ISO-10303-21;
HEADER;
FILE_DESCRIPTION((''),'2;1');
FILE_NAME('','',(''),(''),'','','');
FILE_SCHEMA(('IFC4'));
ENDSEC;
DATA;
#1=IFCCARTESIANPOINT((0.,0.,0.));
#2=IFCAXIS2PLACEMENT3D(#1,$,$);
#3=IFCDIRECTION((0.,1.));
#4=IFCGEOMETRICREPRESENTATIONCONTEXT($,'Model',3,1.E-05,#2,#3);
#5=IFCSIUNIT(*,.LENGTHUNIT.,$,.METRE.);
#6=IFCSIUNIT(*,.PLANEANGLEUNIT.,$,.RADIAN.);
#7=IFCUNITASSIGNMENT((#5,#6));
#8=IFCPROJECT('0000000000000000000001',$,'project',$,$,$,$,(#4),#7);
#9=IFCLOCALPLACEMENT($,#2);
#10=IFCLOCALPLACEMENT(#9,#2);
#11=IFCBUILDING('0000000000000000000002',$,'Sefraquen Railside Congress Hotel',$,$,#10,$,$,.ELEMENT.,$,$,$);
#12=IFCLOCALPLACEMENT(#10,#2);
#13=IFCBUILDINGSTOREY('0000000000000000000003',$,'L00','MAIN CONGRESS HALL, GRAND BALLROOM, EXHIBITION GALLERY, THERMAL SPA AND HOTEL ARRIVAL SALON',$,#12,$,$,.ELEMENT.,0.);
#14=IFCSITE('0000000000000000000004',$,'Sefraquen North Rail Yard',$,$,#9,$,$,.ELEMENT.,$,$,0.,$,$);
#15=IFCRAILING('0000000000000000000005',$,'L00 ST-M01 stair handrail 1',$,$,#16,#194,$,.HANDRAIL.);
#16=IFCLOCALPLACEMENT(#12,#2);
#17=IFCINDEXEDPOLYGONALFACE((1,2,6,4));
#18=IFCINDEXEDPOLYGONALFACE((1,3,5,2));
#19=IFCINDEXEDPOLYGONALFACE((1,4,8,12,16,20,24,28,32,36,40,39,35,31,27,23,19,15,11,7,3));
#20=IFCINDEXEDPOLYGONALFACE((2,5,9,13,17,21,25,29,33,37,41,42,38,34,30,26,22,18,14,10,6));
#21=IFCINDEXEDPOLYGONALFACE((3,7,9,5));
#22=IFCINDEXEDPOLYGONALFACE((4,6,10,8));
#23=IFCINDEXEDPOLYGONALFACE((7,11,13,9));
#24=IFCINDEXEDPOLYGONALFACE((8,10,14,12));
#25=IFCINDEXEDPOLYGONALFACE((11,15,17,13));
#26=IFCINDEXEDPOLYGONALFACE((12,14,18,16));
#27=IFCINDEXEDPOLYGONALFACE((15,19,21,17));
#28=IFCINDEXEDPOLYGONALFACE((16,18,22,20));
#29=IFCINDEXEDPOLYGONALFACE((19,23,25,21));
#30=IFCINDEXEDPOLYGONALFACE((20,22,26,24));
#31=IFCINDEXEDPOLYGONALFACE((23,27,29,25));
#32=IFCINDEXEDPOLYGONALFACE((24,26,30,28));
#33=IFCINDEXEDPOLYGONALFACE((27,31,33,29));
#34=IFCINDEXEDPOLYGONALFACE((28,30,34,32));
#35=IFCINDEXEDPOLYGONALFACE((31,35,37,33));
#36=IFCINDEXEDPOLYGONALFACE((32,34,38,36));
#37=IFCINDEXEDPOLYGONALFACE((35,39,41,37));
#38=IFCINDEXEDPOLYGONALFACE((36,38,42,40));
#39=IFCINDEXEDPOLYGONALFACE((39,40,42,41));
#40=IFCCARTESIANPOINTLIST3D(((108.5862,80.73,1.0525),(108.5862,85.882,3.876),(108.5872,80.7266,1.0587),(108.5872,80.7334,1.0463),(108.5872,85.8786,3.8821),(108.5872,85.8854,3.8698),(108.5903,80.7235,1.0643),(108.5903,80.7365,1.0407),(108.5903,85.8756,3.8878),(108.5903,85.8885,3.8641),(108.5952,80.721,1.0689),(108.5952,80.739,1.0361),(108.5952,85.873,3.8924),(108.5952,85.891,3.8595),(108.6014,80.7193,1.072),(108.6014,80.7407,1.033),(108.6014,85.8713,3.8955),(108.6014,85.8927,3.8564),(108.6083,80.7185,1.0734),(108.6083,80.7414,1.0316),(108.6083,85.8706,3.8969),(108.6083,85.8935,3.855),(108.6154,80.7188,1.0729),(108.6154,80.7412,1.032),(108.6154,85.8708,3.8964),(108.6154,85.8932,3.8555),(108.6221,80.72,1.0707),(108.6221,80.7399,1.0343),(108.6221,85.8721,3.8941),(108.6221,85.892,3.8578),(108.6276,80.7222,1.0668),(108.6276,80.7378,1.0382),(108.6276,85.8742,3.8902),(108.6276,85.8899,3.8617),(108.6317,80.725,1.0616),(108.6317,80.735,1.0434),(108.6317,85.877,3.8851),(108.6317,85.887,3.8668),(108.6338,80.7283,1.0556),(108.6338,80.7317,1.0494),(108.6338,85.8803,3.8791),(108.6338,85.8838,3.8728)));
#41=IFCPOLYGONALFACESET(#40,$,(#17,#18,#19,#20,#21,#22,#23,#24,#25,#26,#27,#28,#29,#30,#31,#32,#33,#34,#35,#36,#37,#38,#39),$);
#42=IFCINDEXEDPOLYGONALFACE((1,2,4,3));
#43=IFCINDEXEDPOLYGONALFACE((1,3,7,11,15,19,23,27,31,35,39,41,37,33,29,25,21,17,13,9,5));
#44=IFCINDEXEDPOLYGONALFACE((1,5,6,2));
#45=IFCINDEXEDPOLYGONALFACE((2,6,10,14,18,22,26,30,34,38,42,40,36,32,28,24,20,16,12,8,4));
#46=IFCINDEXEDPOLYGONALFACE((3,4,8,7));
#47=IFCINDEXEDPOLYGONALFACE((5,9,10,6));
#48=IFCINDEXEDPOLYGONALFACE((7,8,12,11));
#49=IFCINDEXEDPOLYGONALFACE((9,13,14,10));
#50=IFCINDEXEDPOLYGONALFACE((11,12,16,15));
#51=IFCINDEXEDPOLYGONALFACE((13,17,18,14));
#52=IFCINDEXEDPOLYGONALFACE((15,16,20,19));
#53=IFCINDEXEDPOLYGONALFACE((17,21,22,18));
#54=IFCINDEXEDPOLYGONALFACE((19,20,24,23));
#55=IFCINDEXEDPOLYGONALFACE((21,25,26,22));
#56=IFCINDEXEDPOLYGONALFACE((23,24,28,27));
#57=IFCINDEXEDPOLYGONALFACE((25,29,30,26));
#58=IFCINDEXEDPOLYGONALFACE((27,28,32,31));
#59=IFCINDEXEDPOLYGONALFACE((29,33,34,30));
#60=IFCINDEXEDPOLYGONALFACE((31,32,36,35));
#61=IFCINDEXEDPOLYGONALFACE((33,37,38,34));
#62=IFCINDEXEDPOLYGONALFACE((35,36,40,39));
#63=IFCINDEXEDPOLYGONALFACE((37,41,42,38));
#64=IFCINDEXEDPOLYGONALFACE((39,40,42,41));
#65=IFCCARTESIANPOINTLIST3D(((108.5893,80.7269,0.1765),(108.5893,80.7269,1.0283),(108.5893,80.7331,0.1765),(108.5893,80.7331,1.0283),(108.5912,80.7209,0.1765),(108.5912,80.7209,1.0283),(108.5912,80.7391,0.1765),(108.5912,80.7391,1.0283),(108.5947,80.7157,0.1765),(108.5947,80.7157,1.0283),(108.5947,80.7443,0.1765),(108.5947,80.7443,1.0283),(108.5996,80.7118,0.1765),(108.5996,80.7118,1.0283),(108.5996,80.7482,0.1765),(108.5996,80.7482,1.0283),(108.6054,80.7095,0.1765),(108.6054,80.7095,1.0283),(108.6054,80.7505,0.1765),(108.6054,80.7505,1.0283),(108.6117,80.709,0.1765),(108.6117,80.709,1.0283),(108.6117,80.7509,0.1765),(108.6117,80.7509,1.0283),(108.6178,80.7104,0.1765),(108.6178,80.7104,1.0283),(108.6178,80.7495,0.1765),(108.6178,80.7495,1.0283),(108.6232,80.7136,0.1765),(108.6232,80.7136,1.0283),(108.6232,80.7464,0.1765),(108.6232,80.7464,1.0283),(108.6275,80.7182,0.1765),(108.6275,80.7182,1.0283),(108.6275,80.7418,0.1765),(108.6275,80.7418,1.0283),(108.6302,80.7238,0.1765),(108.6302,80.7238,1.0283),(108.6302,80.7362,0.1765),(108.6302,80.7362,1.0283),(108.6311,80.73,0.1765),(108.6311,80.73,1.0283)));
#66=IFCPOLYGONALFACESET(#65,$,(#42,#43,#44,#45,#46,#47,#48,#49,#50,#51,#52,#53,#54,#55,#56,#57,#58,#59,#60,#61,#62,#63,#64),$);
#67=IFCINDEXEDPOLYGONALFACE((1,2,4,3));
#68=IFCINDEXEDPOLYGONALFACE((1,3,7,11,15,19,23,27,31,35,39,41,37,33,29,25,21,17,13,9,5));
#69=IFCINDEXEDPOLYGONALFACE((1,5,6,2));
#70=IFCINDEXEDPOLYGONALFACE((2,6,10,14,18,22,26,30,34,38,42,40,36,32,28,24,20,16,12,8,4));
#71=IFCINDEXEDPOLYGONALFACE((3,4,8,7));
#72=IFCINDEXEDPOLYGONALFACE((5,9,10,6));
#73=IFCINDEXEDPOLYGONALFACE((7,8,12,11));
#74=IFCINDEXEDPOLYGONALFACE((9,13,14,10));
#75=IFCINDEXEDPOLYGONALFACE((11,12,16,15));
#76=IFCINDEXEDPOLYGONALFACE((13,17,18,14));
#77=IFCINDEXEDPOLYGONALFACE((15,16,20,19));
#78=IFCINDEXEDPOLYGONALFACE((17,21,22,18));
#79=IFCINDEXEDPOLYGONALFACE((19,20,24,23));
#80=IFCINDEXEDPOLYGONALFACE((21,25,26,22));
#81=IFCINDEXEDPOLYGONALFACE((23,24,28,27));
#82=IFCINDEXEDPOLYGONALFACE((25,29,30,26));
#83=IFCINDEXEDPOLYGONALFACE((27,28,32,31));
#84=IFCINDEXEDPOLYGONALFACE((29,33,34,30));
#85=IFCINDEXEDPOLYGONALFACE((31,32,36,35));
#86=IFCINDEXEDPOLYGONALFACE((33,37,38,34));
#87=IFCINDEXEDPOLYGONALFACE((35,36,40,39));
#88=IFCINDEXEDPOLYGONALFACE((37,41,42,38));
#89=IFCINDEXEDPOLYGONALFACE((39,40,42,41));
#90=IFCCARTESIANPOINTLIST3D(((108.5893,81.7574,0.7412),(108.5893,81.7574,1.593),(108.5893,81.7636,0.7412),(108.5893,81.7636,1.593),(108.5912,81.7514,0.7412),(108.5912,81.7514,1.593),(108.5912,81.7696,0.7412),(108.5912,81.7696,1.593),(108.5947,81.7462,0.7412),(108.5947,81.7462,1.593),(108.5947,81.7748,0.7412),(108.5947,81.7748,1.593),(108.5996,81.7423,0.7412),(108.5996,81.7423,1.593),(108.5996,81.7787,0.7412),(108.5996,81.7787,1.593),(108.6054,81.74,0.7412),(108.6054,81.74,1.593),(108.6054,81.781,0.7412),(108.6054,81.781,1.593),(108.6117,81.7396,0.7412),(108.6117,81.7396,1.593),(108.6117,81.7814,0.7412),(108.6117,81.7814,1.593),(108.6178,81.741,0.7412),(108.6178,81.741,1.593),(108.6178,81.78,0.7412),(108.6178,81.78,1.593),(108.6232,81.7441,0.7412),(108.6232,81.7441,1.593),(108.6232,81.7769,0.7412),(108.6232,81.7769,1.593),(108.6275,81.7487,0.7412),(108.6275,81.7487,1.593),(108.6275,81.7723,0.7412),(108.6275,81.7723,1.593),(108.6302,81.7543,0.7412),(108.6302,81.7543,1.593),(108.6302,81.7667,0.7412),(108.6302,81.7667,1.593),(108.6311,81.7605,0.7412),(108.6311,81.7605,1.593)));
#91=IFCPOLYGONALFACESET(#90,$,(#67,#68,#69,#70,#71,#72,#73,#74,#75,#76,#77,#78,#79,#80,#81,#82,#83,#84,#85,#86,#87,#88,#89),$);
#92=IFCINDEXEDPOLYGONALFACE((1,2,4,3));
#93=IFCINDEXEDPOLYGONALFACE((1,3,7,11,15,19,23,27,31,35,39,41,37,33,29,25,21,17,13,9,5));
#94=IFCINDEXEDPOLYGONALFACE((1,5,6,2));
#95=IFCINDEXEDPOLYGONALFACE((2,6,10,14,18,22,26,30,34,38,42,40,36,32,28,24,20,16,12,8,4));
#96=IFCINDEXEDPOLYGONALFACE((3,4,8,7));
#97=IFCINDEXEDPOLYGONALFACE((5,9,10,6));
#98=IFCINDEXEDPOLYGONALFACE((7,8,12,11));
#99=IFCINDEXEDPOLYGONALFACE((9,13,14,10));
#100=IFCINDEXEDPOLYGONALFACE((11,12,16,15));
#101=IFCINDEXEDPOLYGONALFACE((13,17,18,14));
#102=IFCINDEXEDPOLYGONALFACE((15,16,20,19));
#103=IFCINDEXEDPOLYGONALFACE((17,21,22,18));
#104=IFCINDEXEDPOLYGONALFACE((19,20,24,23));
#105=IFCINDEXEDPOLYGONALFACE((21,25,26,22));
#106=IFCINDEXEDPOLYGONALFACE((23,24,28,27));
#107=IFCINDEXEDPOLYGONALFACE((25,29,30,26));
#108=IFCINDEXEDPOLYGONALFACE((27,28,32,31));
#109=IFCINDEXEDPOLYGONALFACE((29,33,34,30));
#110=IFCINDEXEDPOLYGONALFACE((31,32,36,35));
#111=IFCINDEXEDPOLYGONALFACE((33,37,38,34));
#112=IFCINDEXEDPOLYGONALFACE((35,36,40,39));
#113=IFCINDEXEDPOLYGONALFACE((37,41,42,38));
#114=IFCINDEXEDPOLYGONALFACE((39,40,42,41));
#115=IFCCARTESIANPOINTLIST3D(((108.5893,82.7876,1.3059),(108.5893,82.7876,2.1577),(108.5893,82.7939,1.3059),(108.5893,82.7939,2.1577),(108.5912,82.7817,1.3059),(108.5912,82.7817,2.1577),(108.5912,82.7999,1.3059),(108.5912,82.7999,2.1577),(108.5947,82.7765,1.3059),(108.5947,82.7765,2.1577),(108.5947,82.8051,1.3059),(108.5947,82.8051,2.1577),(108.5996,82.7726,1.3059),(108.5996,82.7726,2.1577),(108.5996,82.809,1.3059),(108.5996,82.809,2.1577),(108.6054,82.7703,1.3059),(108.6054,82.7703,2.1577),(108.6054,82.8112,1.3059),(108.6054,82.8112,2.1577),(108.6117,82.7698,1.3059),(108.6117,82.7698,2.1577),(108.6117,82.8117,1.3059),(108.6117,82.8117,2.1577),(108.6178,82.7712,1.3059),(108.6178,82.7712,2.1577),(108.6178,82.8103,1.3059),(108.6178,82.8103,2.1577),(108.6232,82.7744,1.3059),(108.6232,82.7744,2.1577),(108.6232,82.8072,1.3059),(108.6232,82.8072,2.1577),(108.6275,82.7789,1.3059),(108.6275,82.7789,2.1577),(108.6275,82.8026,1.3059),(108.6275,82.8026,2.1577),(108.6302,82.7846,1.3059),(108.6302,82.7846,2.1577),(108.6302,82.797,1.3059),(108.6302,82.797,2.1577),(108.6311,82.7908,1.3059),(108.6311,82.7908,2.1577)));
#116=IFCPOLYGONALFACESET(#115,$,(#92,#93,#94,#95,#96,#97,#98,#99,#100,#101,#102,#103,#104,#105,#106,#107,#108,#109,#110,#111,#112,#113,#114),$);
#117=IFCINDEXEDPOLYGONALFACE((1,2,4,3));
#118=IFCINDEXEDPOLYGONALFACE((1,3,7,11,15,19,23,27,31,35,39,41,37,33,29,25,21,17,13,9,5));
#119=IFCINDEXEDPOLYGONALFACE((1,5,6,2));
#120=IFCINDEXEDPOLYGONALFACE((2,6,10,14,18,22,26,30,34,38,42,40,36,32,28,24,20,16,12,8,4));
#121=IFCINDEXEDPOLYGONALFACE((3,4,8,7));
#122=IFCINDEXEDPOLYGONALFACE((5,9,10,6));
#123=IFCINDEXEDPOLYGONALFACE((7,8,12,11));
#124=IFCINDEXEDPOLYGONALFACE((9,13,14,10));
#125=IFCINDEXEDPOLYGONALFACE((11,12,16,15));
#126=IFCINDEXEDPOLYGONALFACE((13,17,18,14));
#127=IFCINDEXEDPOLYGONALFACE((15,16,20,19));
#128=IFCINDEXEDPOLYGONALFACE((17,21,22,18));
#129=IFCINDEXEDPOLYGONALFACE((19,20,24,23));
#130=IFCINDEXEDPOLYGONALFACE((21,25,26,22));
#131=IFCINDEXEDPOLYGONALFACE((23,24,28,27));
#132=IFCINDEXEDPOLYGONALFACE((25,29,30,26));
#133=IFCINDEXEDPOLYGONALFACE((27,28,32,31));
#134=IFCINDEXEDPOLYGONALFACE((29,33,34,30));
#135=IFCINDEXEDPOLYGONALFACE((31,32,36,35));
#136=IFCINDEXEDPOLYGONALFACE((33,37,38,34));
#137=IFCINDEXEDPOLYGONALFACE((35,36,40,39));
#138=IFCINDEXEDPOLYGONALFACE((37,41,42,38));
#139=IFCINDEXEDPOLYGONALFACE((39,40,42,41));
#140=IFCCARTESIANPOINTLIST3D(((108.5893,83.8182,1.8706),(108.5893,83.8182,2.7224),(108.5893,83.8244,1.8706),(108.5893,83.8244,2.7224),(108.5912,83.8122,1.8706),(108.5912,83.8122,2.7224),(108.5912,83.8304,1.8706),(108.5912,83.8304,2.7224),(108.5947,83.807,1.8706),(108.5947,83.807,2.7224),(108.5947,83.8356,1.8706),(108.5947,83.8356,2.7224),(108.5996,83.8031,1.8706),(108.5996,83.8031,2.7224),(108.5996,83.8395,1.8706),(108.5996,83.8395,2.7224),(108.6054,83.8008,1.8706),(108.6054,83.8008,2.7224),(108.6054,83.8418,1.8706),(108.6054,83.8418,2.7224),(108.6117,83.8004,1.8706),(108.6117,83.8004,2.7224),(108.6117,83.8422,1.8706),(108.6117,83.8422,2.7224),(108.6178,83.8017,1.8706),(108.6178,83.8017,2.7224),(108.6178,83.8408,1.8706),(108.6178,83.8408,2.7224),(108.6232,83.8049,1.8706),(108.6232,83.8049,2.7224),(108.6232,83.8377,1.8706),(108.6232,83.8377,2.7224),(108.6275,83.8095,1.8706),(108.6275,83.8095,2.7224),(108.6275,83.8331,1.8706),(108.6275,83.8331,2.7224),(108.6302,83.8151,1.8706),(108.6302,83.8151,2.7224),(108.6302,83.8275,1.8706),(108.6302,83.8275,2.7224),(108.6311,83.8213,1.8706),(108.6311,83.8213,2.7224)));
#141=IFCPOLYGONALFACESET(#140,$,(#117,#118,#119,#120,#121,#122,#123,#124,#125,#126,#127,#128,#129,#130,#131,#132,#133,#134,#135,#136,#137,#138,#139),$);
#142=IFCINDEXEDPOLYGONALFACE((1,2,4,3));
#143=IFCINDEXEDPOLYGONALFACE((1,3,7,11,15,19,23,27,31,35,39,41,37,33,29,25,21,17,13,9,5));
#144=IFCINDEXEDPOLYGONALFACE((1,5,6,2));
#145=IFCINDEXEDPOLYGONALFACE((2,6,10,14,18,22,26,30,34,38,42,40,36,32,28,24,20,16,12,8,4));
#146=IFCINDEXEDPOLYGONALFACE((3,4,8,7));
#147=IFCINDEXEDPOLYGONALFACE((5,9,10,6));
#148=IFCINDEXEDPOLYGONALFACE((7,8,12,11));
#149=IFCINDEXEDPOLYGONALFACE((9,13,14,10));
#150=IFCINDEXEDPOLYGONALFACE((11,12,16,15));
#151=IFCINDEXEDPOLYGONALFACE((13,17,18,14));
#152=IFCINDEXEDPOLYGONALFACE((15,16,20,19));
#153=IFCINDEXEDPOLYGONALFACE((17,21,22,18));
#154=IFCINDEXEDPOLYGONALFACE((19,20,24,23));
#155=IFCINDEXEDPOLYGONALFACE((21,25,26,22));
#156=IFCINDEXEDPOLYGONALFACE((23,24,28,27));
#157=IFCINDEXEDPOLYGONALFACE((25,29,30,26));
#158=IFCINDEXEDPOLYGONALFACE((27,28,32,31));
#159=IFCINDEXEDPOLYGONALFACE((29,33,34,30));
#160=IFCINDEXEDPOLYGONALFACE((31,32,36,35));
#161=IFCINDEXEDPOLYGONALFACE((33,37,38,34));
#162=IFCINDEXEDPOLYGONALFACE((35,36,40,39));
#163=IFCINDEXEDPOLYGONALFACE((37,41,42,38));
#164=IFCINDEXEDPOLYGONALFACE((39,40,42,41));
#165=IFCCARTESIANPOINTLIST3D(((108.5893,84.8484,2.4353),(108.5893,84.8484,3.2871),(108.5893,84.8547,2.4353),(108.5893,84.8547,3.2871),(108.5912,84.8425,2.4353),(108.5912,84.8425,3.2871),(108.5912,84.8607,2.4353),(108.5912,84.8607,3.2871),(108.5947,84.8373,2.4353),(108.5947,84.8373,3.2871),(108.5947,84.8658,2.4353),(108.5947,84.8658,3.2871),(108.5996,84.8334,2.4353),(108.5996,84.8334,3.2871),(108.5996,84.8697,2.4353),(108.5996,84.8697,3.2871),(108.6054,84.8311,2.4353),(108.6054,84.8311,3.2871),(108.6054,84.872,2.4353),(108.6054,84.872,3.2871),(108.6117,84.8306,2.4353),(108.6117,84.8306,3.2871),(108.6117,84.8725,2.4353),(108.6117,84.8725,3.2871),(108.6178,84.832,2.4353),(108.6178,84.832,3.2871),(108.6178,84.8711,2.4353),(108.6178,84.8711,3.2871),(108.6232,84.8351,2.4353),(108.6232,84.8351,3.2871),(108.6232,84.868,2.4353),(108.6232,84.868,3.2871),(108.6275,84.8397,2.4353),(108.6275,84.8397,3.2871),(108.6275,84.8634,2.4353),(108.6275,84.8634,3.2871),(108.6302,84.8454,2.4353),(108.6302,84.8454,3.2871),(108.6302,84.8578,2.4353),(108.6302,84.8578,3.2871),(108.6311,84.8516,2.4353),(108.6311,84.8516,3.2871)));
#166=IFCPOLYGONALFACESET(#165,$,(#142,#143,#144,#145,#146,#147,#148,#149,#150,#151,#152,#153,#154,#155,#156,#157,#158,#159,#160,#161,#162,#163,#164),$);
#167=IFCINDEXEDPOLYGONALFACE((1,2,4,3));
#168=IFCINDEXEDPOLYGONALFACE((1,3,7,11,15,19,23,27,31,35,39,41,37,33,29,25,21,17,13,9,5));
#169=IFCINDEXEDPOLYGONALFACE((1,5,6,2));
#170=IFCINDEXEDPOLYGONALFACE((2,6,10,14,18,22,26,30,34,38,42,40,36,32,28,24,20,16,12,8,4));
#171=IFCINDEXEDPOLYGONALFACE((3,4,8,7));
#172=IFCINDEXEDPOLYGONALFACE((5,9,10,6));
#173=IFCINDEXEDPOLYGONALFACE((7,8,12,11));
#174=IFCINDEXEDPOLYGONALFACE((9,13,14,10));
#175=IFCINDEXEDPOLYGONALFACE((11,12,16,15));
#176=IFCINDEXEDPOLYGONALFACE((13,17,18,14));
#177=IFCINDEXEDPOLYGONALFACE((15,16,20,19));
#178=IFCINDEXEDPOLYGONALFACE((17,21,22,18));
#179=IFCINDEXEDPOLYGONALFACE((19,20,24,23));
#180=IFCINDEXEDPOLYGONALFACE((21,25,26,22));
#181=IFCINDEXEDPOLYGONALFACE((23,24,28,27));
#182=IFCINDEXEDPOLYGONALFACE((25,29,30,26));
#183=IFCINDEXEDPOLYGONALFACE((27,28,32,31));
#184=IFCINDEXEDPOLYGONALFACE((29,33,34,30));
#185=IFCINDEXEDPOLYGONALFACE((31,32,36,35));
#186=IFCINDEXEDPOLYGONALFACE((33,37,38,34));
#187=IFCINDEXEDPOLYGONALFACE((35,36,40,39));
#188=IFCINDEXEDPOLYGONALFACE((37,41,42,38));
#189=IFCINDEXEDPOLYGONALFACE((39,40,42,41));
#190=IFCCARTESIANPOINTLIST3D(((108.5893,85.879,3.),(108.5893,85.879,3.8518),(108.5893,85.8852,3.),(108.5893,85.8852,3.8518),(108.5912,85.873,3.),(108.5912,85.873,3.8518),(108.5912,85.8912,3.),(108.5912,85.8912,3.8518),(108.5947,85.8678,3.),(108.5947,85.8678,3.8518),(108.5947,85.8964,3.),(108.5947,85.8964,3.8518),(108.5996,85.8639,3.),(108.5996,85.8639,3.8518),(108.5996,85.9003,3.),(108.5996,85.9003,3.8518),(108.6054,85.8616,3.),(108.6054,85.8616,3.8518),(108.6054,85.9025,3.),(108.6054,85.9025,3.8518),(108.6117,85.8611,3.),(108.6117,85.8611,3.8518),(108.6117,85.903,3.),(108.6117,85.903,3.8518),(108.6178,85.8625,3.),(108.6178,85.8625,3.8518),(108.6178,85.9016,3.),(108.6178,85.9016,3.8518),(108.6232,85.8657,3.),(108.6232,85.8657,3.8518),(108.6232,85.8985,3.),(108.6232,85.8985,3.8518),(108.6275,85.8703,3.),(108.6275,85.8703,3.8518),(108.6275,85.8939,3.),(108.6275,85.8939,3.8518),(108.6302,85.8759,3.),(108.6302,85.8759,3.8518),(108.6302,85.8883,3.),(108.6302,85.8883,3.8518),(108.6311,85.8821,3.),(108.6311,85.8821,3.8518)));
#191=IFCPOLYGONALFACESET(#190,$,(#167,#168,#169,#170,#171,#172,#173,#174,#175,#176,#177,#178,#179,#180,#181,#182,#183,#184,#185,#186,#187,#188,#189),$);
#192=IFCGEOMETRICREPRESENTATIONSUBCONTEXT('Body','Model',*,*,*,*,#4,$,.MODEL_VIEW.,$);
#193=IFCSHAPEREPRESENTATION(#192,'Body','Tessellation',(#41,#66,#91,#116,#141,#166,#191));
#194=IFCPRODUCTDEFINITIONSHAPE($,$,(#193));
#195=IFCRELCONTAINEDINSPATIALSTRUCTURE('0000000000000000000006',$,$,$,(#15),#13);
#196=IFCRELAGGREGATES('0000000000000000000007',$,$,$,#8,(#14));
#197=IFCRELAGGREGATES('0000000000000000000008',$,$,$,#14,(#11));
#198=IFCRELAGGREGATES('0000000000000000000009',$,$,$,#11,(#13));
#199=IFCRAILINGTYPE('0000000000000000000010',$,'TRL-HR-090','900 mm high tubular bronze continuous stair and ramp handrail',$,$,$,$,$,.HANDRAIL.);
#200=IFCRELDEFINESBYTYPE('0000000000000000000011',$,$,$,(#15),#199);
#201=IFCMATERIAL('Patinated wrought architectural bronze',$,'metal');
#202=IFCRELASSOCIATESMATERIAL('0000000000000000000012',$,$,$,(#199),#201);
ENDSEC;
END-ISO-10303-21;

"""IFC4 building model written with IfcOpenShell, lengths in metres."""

from ifc_helpers import new_model, si_unit, direction, frame, origin, origin_2d, place, context, subcontext, project, spatial, circle, extrude, material, type_object, element, save


model = new_model("IFC4")

# Units and contexts
model_context = context("Model", 3, precision=1e-05, world=origin(), true_north=direction((0.0, 1.0)))
body_context = subcontext(model_context, "Body", "Model", "MODEL_VIEW")
ifc_project = project(units=[si_unit("LENGTHUNIT", "METRE"), si_unit("PLANEANGLEUNIT", "RADIAN")], contexts=[model_context])

# Site, building, storey
site_placement = place(None, origin())
site = spatial("IfcSite", under=ifc_project, at=site_placement, Name="Sefraquen North Rail Yard", CompositionType="ELEMENT", RefElevation=0.0)
building_placement = place(site_placement, origin())
building = spatial("IfcBuilding", under=site, at=building_placement, Name="Sefraquen Railside Congress Hotel", CompositionType="ELEMENT")
storey_placement = place(building_placement, origin())
storey = spatial("IfcBuildingStorey", under=building, at=storey_placement, Name="L00", Description="MAIN CONGRESS HALL, GRAND BALLROOM, EXHIBITION GALLERY, THERMAL SPA AND HOTEL ARRIVAL SALON", CompositionType="ELEMENT", Elevation=0.0)

# Railing
ifc_material_1 = material(Name="Patinated wrought architectural bronze", Category="metal")
railing_type_1 = type_object("IfcRailingType", Name="TRL-HR-090", Description="900 mm high tubular bronze continuous stair and ramp handrail", PredefinedType="HANDRAIL", material=ifc_material_1)
railing_1_placement = place(storey_placement, frame((108.6101, 80.73, 0.1765)))
element("IfcRailing", 1, at=railing_1_placement, inside=storey, type_object=railing_type_1, Name="L00 ST-M01 stair handrail 1", PredefinedType="HANDRAIL", context=body_context, shape_type="SweptSolid", body=[
    extrude(circle(Radius=0.0239, at=origin_2d()), frame((0.0, 0.0, 0.876), z_axis=(0.0, 0.876946, 0.480589), x_axis=(-1.0, 0.0, 0.0)), (0.0, 0.0, 1.0), 5.875),
    extrude(circle(Radius=0.021, at=origin_2d()), origin(), (0.0, 0.0, 1.0), 0.8518),
    extrude(circle(Radius=0.021, at=origin_2d()), frame((0.0, 1.0305, 0.5647)), (0.0, 0.0, 1.0), 0.8518),
    extrude(circle(Radius=0.021, at=origin_2d()), frame((0.0, 2.0608, 1.1294)), (0.0, 0.0, 1.0), 0.8518),
    extrude(circle(Radius=0.021, at=origin_2d()), frame((0.0, 3.0913, 1.6941)), (0.0, 0.0, 1.0), 0.8518),
    extrude(circle(Radius=0.021, at=origin_2d()), frame((0.0, 4.1216, 2.2588)), (0.0, 0.0, 1.0), 0.8518),
    extrude(circle(Radius=0.021, at=origin_2d()), frame((0.0, 5.1521, 2.8235)), (0.0, 0.0, 1.0), 0.8518),
])

save(model, "model.ifc")
